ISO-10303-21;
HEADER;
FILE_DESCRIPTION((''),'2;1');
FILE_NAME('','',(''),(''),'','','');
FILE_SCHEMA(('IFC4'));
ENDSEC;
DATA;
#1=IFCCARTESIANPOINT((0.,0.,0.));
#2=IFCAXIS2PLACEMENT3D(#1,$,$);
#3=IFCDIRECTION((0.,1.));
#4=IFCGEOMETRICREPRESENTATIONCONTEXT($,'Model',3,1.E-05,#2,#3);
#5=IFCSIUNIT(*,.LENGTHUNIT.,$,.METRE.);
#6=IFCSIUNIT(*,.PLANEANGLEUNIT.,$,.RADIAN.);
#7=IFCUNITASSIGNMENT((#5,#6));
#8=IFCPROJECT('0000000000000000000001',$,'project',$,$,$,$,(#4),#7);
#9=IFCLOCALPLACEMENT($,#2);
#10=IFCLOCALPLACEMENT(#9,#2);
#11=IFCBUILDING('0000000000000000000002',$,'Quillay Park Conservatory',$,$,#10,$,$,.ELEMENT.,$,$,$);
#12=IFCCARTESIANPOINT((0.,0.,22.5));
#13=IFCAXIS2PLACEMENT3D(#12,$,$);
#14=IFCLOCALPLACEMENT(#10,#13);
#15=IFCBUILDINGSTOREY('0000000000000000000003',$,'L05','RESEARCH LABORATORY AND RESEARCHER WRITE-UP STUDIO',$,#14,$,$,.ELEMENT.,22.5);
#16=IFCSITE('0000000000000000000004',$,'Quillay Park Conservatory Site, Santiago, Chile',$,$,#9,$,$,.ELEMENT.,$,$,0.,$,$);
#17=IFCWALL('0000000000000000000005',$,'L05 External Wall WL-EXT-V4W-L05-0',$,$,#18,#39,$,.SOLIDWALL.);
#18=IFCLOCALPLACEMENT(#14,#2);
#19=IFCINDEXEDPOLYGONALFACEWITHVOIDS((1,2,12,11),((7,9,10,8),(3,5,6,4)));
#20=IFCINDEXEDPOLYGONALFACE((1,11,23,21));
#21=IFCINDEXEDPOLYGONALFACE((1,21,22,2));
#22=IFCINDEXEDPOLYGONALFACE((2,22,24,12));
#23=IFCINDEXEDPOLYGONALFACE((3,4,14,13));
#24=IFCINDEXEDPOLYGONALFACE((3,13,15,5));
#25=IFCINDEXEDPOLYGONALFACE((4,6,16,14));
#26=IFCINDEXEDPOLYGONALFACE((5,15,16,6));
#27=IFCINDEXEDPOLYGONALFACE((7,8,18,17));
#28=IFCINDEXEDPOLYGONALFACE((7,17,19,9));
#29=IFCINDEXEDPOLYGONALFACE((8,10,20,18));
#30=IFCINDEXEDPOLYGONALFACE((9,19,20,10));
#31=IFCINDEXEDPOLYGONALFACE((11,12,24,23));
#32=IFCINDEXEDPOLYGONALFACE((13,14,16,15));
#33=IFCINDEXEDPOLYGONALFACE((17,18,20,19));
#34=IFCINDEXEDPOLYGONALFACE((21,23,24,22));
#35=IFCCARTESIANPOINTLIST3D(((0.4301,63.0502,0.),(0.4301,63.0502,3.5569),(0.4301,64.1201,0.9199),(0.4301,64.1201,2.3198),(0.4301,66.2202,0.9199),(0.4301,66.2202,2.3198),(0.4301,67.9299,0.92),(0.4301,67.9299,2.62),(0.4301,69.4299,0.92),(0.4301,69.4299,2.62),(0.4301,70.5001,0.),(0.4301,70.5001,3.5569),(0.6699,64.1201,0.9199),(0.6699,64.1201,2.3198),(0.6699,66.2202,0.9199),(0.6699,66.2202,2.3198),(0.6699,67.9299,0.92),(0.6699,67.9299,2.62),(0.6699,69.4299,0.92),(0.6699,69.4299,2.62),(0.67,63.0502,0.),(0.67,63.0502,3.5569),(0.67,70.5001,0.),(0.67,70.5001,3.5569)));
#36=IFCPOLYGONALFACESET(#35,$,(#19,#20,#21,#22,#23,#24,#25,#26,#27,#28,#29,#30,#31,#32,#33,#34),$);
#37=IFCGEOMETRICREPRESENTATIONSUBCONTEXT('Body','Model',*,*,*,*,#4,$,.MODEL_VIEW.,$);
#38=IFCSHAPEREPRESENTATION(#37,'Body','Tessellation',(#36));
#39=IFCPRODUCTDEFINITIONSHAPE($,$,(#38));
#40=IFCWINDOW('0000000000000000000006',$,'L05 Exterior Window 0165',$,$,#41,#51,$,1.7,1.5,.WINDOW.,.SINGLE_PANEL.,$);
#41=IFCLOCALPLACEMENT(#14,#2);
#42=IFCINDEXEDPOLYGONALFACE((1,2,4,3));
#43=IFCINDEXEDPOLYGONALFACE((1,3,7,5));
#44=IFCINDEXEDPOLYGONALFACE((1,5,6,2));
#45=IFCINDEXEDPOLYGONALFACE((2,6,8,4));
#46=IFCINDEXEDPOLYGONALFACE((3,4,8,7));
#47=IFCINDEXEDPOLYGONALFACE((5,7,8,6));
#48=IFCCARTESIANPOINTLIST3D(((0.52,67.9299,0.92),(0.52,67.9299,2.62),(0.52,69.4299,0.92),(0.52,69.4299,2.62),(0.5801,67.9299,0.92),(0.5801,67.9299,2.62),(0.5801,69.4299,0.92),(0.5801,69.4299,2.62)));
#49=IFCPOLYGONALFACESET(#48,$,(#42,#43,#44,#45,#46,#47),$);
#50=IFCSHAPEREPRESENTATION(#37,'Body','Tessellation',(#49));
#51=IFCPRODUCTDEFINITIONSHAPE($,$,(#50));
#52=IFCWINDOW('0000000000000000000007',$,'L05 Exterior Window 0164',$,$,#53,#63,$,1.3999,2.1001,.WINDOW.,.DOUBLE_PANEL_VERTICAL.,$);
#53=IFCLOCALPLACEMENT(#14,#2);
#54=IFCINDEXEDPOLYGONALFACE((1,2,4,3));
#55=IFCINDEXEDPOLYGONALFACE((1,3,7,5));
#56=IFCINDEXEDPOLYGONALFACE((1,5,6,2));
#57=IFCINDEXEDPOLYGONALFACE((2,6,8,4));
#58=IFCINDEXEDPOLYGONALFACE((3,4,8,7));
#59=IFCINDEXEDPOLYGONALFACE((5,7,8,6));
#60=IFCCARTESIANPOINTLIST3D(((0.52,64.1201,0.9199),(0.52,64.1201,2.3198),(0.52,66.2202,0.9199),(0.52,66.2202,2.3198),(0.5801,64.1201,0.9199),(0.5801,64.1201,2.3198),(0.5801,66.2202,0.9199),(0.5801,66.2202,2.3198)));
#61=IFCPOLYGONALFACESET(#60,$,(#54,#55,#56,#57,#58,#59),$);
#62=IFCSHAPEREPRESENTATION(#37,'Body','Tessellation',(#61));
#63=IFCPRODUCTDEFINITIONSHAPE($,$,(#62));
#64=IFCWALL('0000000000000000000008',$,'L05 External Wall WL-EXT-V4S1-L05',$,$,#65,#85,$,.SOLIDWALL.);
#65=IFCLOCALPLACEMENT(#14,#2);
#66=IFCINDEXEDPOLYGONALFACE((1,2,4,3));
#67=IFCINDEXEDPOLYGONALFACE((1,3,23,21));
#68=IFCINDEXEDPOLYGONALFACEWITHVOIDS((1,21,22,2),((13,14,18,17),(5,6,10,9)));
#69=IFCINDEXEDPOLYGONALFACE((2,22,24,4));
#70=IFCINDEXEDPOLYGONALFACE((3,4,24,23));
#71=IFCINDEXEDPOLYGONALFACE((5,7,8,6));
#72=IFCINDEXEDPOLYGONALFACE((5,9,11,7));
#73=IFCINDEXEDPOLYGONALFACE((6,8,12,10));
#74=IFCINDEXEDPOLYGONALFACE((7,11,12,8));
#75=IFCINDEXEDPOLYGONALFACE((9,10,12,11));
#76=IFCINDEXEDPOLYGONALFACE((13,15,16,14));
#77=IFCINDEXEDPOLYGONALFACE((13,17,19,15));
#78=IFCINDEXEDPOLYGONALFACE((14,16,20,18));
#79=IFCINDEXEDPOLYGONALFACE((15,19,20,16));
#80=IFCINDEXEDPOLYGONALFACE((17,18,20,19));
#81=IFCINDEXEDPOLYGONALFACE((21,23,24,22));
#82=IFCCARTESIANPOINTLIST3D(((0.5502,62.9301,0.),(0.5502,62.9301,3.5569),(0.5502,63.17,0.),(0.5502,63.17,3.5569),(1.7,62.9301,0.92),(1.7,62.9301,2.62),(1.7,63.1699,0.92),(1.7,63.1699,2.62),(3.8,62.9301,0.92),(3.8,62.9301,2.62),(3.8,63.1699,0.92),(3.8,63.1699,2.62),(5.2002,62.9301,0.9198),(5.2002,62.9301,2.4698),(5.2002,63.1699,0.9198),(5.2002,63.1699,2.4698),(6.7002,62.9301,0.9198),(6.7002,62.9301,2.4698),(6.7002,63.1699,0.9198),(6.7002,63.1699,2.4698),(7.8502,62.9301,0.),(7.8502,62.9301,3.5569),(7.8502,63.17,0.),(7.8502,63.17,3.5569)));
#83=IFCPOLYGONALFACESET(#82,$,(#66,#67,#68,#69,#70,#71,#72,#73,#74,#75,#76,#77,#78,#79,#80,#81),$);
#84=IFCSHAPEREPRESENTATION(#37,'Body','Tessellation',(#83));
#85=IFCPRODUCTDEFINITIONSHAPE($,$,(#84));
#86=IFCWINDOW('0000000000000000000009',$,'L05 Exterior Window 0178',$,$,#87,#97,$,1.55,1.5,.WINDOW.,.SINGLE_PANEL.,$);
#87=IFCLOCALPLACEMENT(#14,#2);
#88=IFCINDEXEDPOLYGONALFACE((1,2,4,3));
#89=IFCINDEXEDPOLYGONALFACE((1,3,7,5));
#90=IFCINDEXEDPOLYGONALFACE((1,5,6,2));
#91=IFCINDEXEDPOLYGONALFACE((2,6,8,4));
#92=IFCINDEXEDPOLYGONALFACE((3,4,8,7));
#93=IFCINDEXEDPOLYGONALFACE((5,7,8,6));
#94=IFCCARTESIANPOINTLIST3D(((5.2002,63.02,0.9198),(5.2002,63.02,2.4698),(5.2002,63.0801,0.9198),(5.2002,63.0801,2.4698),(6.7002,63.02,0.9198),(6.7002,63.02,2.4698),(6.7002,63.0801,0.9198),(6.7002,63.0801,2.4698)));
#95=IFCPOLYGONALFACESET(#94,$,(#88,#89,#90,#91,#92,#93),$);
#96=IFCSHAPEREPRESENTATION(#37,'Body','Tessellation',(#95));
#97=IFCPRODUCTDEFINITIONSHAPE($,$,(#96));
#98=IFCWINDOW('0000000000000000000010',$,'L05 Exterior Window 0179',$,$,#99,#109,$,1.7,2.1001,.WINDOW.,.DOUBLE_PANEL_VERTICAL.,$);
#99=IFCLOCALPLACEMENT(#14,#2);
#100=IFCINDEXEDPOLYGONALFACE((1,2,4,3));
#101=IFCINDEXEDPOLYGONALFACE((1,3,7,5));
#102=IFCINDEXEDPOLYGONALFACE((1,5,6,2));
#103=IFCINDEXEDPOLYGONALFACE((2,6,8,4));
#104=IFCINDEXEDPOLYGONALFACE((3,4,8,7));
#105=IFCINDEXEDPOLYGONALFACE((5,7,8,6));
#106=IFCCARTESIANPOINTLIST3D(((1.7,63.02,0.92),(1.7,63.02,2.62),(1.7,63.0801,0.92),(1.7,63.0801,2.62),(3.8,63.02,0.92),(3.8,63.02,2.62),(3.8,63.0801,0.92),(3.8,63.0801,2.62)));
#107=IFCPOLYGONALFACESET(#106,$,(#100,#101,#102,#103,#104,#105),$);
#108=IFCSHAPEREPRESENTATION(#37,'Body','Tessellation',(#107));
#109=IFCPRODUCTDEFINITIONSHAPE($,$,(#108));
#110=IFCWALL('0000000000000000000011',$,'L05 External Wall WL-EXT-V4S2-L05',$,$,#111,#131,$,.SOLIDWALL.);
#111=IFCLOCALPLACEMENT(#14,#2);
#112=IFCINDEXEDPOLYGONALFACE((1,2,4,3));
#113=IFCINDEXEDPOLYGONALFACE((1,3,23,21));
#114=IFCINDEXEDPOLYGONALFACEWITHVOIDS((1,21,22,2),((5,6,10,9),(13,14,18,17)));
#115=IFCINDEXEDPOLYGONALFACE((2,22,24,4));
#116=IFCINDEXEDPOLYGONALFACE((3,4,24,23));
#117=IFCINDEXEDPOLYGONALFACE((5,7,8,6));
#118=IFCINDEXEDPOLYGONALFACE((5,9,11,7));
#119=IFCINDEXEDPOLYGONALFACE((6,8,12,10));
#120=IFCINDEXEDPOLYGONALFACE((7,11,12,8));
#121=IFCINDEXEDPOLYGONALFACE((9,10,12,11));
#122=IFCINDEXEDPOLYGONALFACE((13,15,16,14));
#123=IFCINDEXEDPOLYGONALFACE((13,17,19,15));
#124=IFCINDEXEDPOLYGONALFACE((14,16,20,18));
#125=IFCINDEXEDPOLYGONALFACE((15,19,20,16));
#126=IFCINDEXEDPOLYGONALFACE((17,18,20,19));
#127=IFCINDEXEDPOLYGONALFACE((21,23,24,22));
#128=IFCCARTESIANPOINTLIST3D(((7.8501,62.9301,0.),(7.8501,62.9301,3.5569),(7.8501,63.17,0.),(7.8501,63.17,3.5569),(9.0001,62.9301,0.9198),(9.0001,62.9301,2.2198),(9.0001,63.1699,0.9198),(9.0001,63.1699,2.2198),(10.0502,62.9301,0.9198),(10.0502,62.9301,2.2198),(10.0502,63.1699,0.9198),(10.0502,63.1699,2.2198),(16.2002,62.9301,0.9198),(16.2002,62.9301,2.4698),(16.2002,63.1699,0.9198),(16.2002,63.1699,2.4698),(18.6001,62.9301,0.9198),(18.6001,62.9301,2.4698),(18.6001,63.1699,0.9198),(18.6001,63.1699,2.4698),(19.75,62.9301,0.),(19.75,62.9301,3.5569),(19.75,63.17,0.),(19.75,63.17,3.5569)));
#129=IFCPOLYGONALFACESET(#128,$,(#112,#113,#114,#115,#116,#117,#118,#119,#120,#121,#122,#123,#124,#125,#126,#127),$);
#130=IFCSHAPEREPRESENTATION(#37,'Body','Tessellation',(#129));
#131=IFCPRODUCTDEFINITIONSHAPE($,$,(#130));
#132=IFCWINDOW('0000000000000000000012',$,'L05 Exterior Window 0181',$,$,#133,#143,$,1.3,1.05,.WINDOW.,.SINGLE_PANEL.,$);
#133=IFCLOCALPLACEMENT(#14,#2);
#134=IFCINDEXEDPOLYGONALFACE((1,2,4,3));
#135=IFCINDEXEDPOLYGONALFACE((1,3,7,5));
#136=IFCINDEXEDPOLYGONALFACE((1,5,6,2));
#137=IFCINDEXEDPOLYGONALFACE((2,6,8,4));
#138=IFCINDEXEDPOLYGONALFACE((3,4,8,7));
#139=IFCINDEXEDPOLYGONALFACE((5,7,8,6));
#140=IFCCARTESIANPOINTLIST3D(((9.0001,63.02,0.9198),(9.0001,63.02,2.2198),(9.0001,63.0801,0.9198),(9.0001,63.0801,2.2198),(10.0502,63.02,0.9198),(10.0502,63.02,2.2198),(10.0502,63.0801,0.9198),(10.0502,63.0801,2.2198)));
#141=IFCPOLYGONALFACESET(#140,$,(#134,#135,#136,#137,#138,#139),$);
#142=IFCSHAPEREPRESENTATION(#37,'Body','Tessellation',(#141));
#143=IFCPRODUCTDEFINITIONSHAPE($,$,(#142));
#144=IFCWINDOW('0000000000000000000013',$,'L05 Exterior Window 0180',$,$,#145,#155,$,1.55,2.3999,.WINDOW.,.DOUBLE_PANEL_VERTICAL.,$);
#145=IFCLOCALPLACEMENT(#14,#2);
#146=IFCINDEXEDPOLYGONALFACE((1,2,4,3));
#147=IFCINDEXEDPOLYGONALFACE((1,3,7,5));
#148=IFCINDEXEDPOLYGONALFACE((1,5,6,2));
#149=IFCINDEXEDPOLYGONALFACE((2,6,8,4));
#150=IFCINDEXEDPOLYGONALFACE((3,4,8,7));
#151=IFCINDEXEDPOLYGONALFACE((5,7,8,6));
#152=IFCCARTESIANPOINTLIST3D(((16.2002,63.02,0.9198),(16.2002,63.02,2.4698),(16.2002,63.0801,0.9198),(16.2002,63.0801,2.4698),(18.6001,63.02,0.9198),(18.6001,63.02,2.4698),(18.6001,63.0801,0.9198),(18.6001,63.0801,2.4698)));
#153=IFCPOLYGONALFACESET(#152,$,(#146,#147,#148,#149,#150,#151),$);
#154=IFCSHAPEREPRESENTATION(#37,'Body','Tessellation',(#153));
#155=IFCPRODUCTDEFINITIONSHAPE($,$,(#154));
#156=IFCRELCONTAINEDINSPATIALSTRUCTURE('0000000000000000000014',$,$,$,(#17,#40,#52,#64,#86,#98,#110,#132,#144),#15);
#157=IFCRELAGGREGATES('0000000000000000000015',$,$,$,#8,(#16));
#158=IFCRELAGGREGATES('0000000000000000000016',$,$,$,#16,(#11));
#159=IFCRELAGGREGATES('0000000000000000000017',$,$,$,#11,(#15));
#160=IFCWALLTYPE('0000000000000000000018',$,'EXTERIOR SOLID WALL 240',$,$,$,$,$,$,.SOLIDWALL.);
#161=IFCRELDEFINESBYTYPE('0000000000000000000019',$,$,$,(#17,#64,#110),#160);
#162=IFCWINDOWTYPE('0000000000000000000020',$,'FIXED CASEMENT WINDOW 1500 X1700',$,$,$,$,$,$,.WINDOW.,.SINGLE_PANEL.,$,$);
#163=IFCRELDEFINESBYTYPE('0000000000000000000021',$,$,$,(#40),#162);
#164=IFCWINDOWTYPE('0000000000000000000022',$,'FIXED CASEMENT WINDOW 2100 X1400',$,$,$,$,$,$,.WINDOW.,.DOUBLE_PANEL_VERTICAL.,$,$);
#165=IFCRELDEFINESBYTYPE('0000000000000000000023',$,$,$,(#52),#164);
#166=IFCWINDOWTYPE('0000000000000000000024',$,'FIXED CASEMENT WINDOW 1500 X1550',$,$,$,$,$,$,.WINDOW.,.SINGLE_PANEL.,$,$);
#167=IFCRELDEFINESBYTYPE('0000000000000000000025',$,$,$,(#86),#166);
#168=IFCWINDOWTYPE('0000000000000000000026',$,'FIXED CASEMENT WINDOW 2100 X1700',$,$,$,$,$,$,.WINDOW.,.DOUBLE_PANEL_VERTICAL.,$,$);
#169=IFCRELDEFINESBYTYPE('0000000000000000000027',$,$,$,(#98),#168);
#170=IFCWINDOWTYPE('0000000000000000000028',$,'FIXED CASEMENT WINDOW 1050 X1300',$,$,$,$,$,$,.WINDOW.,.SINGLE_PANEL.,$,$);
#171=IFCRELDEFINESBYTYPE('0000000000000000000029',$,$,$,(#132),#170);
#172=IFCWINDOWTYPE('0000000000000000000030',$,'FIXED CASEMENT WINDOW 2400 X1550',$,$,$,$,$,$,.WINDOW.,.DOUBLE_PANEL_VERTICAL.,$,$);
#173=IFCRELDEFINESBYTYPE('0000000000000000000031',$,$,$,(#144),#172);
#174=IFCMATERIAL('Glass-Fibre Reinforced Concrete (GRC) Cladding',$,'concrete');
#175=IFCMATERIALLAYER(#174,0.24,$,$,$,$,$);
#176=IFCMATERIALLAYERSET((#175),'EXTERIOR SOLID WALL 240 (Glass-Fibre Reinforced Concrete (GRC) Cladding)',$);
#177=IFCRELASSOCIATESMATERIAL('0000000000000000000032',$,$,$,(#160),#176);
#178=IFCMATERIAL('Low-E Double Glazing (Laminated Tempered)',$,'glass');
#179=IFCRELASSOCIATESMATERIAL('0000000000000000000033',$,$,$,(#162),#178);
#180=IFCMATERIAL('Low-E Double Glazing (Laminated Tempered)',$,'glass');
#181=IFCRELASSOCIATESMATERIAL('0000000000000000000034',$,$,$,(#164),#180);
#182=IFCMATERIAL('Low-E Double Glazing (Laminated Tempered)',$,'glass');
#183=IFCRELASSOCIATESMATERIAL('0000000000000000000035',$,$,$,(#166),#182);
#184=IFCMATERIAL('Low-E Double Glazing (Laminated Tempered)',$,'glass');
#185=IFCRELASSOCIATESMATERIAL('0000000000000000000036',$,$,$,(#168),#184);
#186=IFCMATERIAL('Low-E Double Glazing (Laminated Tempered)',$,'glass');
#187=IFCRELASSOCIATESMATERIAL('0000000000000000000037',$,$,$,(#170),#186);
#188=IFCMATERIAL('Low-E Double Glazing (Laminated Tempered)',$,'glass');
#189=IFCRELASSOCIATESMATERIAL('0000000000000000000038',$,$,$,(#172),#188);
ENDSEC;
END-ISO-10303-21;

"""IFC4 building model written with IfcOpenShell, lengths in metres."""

from ifc_helpers import new_model, si_unit, direction, frame, frame_2d, origin, place, context, subcontext, project, spatial, rectangle, extrude, material, layer, layer_set, type_object, element, fill, save


model = new_model("IFC4")

# Units and contexts
model_context = context("Model", 3, precision=1e-05, world=origin(), true_north=direction((0.0, 1.0)))
body_context = subcontext(model_context, "Body", "Model", "MODEL_VIEW")
ifc_project = project(units=[si_unit("LENGTHUNIT", "METRE"), si_unit("PLANEANGLEUNIT", "RADIAN")], contexts=[model_context])

# Site, building, storey
site_placement = place(None, origin())
site = spatial("IfcSite", under=ifc_project, at=site_placement, Name="Quillay Park Conservatory Site, Santiago, Chile", CompositionType="ELEMENT", RefElevation=0.0)
building_placement = place(site_placement, origin())
building = spatial("IfcBuilding", under=site, at=building_placement, Name="Quillay Park Conservatory", CompositionType="ELEMENT")
storey_placement = place(building_placement, frame((0.0, 0.0, 22.5)))
storey = spatial("IfcBuildingStorey", under=building, at=storey_placement, Name="L05", Description="RESEARCH LABORATORY AND RESEARCHER WRITE-UP STUDIO", CompositionType="ELEMENT", Elevation=22.5)

# Walls, openings, windows
ifc_material_1 = material(Name="Glass-Fibre Reinforced Concrete (GRC) Cladding", Category="concrete")
ifc_layer_1 = layer(ifc_material_1, 0.24)
ifc_layer_set_1 = layer_set([ifc_layer_1], Name="EXTERIOR SOLID WALL 240 (Glass-Fibre Reinforced Concrete (GRC) Cladding)")
wall_type_1 = type_object("IfcWallType", Name="EXTERIOR SOLID WALL 240", PredefinedType="SOLIDWALL", material=ifc_layer_set_1)
wall_1_placement = place(storey_placement, frame((0.55, 63.05, 0.0), z_axis=(0.0, 0.0, 1.0), x_axis=(0.0, 1.0, 0.0)))
wall_1 = element("IfcWall", 1, at=wall_1_placement, inside=storey, type_object=wall_type_1, Name="L05 External Wall WL-EXT-V4W-L05-0", PredefinedType="SOLIDWALL", context=body_context, shape_type="SweptSolid", body=[
    extrude(rectangle(XDim=7.45, YDim=0.24, at=frame_2d((3.7251, 0.0))), origin(), (0.0, 0.0, 1.0), 3.5569),
])
opening_1_placement = place(wall_1_placement, frame((1.0701, 0.0, 0.9199)))
opening_1 = element("IfcOpeningElement", 2, at=opening_1_placement, cuts=wall_1, PredefinedType="OPENING", context=body_context, shape_type="SweptSolid", body=[
    extrude(rectangle(XDim=2.1001, YDim=1.3999, at=frame_2d((1.05, 0.7))), frame((0.0, 0.1201, 0.0), z_axis=(0.0, -1.0, 0.0), x_axis=(1.0, 0.0, 0.0)), (0.0, 0.0, 1.0), 0.24),
])
opening_2_placement = place(wall_1_placement, frame((4.8799, 0.0, 0.9199)))
opening_2 = element("IfcOpeningElement", 3, at=opening_2_placement, cuts=wall_1, PredefinedType="OPENING", context=body_context, shape_type="SweptSolid", body=[
    extrude(rectangle(XDim=1.5, YDim=1.7, at=frame_2d((0.75, 0.8501))), frame((0.0, 0.1201, 0.0), z_axis=(0.0, -1.0, 0.0), x_axis=(1.0, 0.0, 0.0)), (0.0, 0.0, 1.0), 0.24),
])
ifc_material_2 = material(Name="Low-E Double Glazing (Laminated Tempered)", Category="glass")
window_type_1 = type_object("IfcWindowType", Name="FIXED CASEMENT WINDOW 1500 X1700", PartitioningType="SINGLE_PANEL", PredefinedType="WINDOW", material=ifc_material_2)
window_1_placement = place(opening_2_placement, origin())
window_1 = element("IfcWindow", 4, at=window_1_placement, inside=storey, type_object=window_type_1, Name="L05 Exterior Window 0165", OverallHeight=1.7, OverallWidth=1.5, PartitioningType="SINGLE_PANEL", PredefinedType="WINDOW", context=body_context, shape_type="SweptSolid", body=[
    extrude(rectangle(XDim=1.5, YDim=1.7, at=frame_2d((0.75, 0.8501))), frame((0.0, 0.03, 0.0), z_axis=(0.0, -1.0, 0.0), x_axis=(1.0, 0.0, 0.0)), (0.0, 0.0, 1.0), 0.0601),
])
fill(opening_2, window_1)
ifc_material_3 = material(Name="Low-E Double Glazing (Laminated Tempered)", Category="glass")
window_type_2 = type_object("IfcWindowType", Name="FIXED CASEMENT WINDOW 2100 X1400", PartitioningType="DOUBLE_PANEL_VERTICAL", PredefinedType="WINDOW", material=ifc_material_3)
window_2_placement = place(opening_1_placement, origin())
window_2 = element("IfcWindow", 5, at=window_2_placement, inside=storey, type_object=window_type_2, Name="L05 Exterior Window 0164", OverallHeight=1.3999, OverallWidth=2.1001, PartitioningType="DOUBLE_PANEL_VERTICAL", PredefinedType="WINDOW", context=body_context, shape_type="SweptSolid", body=[
    extrude(rectangle(XDim=2.1001, YDim=1.3999, at=frame_2d((1.05, 0.7))), frame((0.0, 0.03, 0.0), z_axis=(0.0, -1.0, 0.0), x_axis=(1.0, 0.0, 0.0)), (0.0, 0.0, 1.0), 0.0601),
])
fill(opening_1, window_2)
wall_2_placement = place(storey_placement, frame((7.8501, 63.05, 0.0), z_axis=(0.0, 0.0, 1.0), x_axis=(-1.0, 0.0, 0.0)))
wall_2 = element("IfcWall", 6, at=wall_2_placement, inside=storey, type_object=wall_type_1, Name="L05 External Wall WL-EXT-V4S1-L05", PredefinedType="SOLIDWALL", context=body_context, shape_type="SweptSolid", body=[
    extrude(rectangle(XDim=7.3, YDim=0.24, at=frame_2d((3.6499, 0.0))), origin(), (0.0, 0.0, 1.0), 3.5569),
])
opening_3_placement = place(wall_2_placement, frame((1.1499, 0.0, 0.9199)))
opening_3 = element("IfcOpeningElement", 7, at=opening_3_placement, cuts=wall_2, PredefinedType="OPENING", context=body_context, shape_type="SweptSolid", body=[
    extrude(rectangle(XDim=1.5, YDim=1.55, at=frame_2d((0.75, 0.7749))), frame((0.0, 0.1201, 0.0), z_axis=(0.0, -1.0, 0.0), x_axis=(1.0, 0.0, 0.0)), (0.0, 0.0, 1.0), 0.24),
])
opening_4_placement = place(wall_2_placement, frame((4.05, 0.0, 0.9199)))
opening_4 = element("IfcOpeningElement", 8, at=opening_4_placement, cuts=wall_2, PredefinedType="OPENING", context=body_context, shape_type="SweptSolid", body=[
    extrude(rectangle(XDim=2.1001, YDim=1.7, at=frame_2d((1.05, 0.8501))), frame((0.0, 0.1201, 0.0), z_axis=(0.0, -1.0, 0.0), x_axis=(1.0, 0.0, 0.0)), (0.0, 0.0, 1.0), 0.24),
])
ifc_material_4 = material(Name="Low-E Double Glazing (Laminated Tempered)", Category="glass")
window_type_3 = type_object("IfcWindowType", Name="FIXED CASEMENT WINDOW 1500 X1550", PartitioningType="SINGLE_PANEL", PredefinedType="WINDOW", material=ifc_material_4)
window_3_placement = place(opening_3_placement, origin())
window_3 = element("IfcWindow", 9, at=window_3_placement, inside=storey, type_object=window_type_3, Name="L05 Exterior Window 0178", OverallHeight=1.55, OverallWidth=1.5, PartitioningType="SINGLE_PANEL", PredefinedType="WINDOW", context=body_context, shape_type="SweptSolid", body=[
    extrude(rectangle(XDim=1.5, YDim=1.55, at=frame_2d((0.75, 0.7749))), frame((0.0, 0.03, 0.0), z_axis=(0.0, -1.0, 0.0), x_axis=(1.0, 0.0, 0.0)), (0.0, 0.0, 1.0), 0.0601),
])
fill(opening_3, window_3)
ifc_material_5 = material(Name="Low-E Double Glazing (Laminated Tempered)", Category="glass")
window_type_4 = type_object("IfcWindowType", Name="FIXED CASEMENT WINDOW 2100 X1700", PartitioningType="DOUBLE_PANEL_VERTICAL", PredefinedType="WINDOW", material=ifc_material_5)
window_4_placement = place(opening_4_placement, origin())
window_4 = element("IfcWindow", 10, at=window_4_placement, inside=storey, type_object=window_type_4, Name="L05 Exterior Window 0179", OverallHeight=1.7, OverallWidth=2.1001, PartitioningType="DOUBLE_PANEL_VERTICAL", PredefinedType="WINDOW", context=body_context, shape_type="SweptSolid", body=[
    extrude(rectangle(XDim=2.1001, YDim=1.7, at=frame_2d((1.05, 0.8501))), frame((0.0, 0.03, 0.0), z_axis=(0.0, -1.0, 0.0), x_axis=(1.0, 0.0, 0.0)), (0.0, 0.0, 1.0), 0.0601),
])
fill(opening_4, window_4)
wall_3_placement = place(storey_placement, frame((19.75, 63.05, 0.0), z_axis=(0.0, 0.0, 1.0), x_axis=(-1.0, 0.0, 0.0)))
wall_3 = element("IfcWall", 11, at=wall_3_placement, inside=storey, type_object=wall_type_1, Name="L05 External Wall WL-EXT-V4S2-L05", PredefinedType="SOLIDWALL", context=body_context, shape_type="SweptSolid", body=[
    extrude(rectangle(XDim=11.8999, YDim=0.24, at=frame_2d((5.95, 0.0))), origin(), (0.0, 0.0, 1.0), 3.5569),
])
opening_5_placement = place(wall_3_placement, frame((1.1499, 0.0, 0.9199)))
opening_5 = element("IfcOpeningElement", 12, at=opening_5_placement, cuts=wall_3, PredefinedType="OPENING", context=body_context, shape_type="SweptSolid", body=[
    extrude(rectangle(XDim=2.3999, YDim=1.55, at=frame_2d((1.2, 0.7749))), frame((0.0, 0.1201, 0.0), z_axis=(0.0, -1.0, 0.0), x_axis=(1.0, 0.0, 0.0)), (0.0, 0.0, 1.0), 0.24),
])
opening_6_placement = place(wall_3_placement, frame((9.7, 0.0, 0.9199)))
opening_6 = element("IfcOpeningElement", 13, at=opening_6_placement, cuts=wall_3, PredefinedType="OPENING", context=body_context, shape_type="SweptSolid", body=[
    extrude(rectangle(XDim=1.05, YDim=1.3, at=frame_2d((0.5249, 0.6499))), frame((0.0, 0.1201, 0.0), z_axis=(0.0, -1.0, 0.0), x_axis=(1.0, 0.0, 0.0)), (0.0, 0.0, 1.0), 0.24),
])
ifc_material_6 = material(Name="Low-E Double Glazing (Laminated Tempered)", Category="glass")
window_type_5 = type_object("IfcWindowType", Name="FIXED CASEMENT WINDOW 1050 X1300", PartitioningType="SINGLE_PANEL", PredefinedType="WINDOW", material=ifc_material_6)
window_5_placement = place(opening_6_placement, origin())
window_5 = element("IfcWindow", 14, at=window_5_placement, inside=storey, type_object=window_type_5, Name="L05 Exterior Window 0181", OverallHeight=1.3, OverallWidth=1.05, PartitioningType="SINGLE_PANEL", PredefinedType="WINDOW", context=body_context, shape_type="SweptSolid", body=[
    extrude(rectangle(XDim=1.05, YDim=1.3, at=frame_2d((0.5249, 0.6499))), frame((0.0, 0.03, 0.0), z_axis=(0.0, -1.0, 0.0), x_axis=(1.0, 0.0, 0.0)), (0.0, 0.0, 1.0), 0.0601),
])
fill(opening_6, window_5)
ifc_material_7 = material(Name="Low-E Double Glazing (Laminated Tempered)", Category="glass")
window_type_6 = type_object("IfcWindowType", Name="FIXED CASEMENT WINDOW 2400 X1550", PartitioningType="DOUBLE_PANEL_VERTICAL", PredefinedType="WINDOW", material=ifc_material_7)
window_6_placement = place(opening_5_placement, origin())
window_6 = element("IfcWindow", 15, at=window_6_placement, inside=storey, type_object=window_type_6, Name="L05 Exterior Window 0180", OverallHeight=1.55, OverallWidth=2.3999, PartitioningType="DOUBLE_PANEL_VERTICAL", PredefinedType="WINDOW", context=body_context, shape_type="SweptSolid", body=[
    extrude(rectangle(XDim=2.3999, YDim=1.55, at=frame_2d((1.2, 0.7749))), frame((0.0, 0.03, 0.0), z_axis=(0.0, -1.0, 0.0), x_axis=(1.0, 0.0, 0.0)), (0.0, 0.0, 1.0), 0.0601),
])
fill(opening_5, window_6)

save(model, "model.ifc")
